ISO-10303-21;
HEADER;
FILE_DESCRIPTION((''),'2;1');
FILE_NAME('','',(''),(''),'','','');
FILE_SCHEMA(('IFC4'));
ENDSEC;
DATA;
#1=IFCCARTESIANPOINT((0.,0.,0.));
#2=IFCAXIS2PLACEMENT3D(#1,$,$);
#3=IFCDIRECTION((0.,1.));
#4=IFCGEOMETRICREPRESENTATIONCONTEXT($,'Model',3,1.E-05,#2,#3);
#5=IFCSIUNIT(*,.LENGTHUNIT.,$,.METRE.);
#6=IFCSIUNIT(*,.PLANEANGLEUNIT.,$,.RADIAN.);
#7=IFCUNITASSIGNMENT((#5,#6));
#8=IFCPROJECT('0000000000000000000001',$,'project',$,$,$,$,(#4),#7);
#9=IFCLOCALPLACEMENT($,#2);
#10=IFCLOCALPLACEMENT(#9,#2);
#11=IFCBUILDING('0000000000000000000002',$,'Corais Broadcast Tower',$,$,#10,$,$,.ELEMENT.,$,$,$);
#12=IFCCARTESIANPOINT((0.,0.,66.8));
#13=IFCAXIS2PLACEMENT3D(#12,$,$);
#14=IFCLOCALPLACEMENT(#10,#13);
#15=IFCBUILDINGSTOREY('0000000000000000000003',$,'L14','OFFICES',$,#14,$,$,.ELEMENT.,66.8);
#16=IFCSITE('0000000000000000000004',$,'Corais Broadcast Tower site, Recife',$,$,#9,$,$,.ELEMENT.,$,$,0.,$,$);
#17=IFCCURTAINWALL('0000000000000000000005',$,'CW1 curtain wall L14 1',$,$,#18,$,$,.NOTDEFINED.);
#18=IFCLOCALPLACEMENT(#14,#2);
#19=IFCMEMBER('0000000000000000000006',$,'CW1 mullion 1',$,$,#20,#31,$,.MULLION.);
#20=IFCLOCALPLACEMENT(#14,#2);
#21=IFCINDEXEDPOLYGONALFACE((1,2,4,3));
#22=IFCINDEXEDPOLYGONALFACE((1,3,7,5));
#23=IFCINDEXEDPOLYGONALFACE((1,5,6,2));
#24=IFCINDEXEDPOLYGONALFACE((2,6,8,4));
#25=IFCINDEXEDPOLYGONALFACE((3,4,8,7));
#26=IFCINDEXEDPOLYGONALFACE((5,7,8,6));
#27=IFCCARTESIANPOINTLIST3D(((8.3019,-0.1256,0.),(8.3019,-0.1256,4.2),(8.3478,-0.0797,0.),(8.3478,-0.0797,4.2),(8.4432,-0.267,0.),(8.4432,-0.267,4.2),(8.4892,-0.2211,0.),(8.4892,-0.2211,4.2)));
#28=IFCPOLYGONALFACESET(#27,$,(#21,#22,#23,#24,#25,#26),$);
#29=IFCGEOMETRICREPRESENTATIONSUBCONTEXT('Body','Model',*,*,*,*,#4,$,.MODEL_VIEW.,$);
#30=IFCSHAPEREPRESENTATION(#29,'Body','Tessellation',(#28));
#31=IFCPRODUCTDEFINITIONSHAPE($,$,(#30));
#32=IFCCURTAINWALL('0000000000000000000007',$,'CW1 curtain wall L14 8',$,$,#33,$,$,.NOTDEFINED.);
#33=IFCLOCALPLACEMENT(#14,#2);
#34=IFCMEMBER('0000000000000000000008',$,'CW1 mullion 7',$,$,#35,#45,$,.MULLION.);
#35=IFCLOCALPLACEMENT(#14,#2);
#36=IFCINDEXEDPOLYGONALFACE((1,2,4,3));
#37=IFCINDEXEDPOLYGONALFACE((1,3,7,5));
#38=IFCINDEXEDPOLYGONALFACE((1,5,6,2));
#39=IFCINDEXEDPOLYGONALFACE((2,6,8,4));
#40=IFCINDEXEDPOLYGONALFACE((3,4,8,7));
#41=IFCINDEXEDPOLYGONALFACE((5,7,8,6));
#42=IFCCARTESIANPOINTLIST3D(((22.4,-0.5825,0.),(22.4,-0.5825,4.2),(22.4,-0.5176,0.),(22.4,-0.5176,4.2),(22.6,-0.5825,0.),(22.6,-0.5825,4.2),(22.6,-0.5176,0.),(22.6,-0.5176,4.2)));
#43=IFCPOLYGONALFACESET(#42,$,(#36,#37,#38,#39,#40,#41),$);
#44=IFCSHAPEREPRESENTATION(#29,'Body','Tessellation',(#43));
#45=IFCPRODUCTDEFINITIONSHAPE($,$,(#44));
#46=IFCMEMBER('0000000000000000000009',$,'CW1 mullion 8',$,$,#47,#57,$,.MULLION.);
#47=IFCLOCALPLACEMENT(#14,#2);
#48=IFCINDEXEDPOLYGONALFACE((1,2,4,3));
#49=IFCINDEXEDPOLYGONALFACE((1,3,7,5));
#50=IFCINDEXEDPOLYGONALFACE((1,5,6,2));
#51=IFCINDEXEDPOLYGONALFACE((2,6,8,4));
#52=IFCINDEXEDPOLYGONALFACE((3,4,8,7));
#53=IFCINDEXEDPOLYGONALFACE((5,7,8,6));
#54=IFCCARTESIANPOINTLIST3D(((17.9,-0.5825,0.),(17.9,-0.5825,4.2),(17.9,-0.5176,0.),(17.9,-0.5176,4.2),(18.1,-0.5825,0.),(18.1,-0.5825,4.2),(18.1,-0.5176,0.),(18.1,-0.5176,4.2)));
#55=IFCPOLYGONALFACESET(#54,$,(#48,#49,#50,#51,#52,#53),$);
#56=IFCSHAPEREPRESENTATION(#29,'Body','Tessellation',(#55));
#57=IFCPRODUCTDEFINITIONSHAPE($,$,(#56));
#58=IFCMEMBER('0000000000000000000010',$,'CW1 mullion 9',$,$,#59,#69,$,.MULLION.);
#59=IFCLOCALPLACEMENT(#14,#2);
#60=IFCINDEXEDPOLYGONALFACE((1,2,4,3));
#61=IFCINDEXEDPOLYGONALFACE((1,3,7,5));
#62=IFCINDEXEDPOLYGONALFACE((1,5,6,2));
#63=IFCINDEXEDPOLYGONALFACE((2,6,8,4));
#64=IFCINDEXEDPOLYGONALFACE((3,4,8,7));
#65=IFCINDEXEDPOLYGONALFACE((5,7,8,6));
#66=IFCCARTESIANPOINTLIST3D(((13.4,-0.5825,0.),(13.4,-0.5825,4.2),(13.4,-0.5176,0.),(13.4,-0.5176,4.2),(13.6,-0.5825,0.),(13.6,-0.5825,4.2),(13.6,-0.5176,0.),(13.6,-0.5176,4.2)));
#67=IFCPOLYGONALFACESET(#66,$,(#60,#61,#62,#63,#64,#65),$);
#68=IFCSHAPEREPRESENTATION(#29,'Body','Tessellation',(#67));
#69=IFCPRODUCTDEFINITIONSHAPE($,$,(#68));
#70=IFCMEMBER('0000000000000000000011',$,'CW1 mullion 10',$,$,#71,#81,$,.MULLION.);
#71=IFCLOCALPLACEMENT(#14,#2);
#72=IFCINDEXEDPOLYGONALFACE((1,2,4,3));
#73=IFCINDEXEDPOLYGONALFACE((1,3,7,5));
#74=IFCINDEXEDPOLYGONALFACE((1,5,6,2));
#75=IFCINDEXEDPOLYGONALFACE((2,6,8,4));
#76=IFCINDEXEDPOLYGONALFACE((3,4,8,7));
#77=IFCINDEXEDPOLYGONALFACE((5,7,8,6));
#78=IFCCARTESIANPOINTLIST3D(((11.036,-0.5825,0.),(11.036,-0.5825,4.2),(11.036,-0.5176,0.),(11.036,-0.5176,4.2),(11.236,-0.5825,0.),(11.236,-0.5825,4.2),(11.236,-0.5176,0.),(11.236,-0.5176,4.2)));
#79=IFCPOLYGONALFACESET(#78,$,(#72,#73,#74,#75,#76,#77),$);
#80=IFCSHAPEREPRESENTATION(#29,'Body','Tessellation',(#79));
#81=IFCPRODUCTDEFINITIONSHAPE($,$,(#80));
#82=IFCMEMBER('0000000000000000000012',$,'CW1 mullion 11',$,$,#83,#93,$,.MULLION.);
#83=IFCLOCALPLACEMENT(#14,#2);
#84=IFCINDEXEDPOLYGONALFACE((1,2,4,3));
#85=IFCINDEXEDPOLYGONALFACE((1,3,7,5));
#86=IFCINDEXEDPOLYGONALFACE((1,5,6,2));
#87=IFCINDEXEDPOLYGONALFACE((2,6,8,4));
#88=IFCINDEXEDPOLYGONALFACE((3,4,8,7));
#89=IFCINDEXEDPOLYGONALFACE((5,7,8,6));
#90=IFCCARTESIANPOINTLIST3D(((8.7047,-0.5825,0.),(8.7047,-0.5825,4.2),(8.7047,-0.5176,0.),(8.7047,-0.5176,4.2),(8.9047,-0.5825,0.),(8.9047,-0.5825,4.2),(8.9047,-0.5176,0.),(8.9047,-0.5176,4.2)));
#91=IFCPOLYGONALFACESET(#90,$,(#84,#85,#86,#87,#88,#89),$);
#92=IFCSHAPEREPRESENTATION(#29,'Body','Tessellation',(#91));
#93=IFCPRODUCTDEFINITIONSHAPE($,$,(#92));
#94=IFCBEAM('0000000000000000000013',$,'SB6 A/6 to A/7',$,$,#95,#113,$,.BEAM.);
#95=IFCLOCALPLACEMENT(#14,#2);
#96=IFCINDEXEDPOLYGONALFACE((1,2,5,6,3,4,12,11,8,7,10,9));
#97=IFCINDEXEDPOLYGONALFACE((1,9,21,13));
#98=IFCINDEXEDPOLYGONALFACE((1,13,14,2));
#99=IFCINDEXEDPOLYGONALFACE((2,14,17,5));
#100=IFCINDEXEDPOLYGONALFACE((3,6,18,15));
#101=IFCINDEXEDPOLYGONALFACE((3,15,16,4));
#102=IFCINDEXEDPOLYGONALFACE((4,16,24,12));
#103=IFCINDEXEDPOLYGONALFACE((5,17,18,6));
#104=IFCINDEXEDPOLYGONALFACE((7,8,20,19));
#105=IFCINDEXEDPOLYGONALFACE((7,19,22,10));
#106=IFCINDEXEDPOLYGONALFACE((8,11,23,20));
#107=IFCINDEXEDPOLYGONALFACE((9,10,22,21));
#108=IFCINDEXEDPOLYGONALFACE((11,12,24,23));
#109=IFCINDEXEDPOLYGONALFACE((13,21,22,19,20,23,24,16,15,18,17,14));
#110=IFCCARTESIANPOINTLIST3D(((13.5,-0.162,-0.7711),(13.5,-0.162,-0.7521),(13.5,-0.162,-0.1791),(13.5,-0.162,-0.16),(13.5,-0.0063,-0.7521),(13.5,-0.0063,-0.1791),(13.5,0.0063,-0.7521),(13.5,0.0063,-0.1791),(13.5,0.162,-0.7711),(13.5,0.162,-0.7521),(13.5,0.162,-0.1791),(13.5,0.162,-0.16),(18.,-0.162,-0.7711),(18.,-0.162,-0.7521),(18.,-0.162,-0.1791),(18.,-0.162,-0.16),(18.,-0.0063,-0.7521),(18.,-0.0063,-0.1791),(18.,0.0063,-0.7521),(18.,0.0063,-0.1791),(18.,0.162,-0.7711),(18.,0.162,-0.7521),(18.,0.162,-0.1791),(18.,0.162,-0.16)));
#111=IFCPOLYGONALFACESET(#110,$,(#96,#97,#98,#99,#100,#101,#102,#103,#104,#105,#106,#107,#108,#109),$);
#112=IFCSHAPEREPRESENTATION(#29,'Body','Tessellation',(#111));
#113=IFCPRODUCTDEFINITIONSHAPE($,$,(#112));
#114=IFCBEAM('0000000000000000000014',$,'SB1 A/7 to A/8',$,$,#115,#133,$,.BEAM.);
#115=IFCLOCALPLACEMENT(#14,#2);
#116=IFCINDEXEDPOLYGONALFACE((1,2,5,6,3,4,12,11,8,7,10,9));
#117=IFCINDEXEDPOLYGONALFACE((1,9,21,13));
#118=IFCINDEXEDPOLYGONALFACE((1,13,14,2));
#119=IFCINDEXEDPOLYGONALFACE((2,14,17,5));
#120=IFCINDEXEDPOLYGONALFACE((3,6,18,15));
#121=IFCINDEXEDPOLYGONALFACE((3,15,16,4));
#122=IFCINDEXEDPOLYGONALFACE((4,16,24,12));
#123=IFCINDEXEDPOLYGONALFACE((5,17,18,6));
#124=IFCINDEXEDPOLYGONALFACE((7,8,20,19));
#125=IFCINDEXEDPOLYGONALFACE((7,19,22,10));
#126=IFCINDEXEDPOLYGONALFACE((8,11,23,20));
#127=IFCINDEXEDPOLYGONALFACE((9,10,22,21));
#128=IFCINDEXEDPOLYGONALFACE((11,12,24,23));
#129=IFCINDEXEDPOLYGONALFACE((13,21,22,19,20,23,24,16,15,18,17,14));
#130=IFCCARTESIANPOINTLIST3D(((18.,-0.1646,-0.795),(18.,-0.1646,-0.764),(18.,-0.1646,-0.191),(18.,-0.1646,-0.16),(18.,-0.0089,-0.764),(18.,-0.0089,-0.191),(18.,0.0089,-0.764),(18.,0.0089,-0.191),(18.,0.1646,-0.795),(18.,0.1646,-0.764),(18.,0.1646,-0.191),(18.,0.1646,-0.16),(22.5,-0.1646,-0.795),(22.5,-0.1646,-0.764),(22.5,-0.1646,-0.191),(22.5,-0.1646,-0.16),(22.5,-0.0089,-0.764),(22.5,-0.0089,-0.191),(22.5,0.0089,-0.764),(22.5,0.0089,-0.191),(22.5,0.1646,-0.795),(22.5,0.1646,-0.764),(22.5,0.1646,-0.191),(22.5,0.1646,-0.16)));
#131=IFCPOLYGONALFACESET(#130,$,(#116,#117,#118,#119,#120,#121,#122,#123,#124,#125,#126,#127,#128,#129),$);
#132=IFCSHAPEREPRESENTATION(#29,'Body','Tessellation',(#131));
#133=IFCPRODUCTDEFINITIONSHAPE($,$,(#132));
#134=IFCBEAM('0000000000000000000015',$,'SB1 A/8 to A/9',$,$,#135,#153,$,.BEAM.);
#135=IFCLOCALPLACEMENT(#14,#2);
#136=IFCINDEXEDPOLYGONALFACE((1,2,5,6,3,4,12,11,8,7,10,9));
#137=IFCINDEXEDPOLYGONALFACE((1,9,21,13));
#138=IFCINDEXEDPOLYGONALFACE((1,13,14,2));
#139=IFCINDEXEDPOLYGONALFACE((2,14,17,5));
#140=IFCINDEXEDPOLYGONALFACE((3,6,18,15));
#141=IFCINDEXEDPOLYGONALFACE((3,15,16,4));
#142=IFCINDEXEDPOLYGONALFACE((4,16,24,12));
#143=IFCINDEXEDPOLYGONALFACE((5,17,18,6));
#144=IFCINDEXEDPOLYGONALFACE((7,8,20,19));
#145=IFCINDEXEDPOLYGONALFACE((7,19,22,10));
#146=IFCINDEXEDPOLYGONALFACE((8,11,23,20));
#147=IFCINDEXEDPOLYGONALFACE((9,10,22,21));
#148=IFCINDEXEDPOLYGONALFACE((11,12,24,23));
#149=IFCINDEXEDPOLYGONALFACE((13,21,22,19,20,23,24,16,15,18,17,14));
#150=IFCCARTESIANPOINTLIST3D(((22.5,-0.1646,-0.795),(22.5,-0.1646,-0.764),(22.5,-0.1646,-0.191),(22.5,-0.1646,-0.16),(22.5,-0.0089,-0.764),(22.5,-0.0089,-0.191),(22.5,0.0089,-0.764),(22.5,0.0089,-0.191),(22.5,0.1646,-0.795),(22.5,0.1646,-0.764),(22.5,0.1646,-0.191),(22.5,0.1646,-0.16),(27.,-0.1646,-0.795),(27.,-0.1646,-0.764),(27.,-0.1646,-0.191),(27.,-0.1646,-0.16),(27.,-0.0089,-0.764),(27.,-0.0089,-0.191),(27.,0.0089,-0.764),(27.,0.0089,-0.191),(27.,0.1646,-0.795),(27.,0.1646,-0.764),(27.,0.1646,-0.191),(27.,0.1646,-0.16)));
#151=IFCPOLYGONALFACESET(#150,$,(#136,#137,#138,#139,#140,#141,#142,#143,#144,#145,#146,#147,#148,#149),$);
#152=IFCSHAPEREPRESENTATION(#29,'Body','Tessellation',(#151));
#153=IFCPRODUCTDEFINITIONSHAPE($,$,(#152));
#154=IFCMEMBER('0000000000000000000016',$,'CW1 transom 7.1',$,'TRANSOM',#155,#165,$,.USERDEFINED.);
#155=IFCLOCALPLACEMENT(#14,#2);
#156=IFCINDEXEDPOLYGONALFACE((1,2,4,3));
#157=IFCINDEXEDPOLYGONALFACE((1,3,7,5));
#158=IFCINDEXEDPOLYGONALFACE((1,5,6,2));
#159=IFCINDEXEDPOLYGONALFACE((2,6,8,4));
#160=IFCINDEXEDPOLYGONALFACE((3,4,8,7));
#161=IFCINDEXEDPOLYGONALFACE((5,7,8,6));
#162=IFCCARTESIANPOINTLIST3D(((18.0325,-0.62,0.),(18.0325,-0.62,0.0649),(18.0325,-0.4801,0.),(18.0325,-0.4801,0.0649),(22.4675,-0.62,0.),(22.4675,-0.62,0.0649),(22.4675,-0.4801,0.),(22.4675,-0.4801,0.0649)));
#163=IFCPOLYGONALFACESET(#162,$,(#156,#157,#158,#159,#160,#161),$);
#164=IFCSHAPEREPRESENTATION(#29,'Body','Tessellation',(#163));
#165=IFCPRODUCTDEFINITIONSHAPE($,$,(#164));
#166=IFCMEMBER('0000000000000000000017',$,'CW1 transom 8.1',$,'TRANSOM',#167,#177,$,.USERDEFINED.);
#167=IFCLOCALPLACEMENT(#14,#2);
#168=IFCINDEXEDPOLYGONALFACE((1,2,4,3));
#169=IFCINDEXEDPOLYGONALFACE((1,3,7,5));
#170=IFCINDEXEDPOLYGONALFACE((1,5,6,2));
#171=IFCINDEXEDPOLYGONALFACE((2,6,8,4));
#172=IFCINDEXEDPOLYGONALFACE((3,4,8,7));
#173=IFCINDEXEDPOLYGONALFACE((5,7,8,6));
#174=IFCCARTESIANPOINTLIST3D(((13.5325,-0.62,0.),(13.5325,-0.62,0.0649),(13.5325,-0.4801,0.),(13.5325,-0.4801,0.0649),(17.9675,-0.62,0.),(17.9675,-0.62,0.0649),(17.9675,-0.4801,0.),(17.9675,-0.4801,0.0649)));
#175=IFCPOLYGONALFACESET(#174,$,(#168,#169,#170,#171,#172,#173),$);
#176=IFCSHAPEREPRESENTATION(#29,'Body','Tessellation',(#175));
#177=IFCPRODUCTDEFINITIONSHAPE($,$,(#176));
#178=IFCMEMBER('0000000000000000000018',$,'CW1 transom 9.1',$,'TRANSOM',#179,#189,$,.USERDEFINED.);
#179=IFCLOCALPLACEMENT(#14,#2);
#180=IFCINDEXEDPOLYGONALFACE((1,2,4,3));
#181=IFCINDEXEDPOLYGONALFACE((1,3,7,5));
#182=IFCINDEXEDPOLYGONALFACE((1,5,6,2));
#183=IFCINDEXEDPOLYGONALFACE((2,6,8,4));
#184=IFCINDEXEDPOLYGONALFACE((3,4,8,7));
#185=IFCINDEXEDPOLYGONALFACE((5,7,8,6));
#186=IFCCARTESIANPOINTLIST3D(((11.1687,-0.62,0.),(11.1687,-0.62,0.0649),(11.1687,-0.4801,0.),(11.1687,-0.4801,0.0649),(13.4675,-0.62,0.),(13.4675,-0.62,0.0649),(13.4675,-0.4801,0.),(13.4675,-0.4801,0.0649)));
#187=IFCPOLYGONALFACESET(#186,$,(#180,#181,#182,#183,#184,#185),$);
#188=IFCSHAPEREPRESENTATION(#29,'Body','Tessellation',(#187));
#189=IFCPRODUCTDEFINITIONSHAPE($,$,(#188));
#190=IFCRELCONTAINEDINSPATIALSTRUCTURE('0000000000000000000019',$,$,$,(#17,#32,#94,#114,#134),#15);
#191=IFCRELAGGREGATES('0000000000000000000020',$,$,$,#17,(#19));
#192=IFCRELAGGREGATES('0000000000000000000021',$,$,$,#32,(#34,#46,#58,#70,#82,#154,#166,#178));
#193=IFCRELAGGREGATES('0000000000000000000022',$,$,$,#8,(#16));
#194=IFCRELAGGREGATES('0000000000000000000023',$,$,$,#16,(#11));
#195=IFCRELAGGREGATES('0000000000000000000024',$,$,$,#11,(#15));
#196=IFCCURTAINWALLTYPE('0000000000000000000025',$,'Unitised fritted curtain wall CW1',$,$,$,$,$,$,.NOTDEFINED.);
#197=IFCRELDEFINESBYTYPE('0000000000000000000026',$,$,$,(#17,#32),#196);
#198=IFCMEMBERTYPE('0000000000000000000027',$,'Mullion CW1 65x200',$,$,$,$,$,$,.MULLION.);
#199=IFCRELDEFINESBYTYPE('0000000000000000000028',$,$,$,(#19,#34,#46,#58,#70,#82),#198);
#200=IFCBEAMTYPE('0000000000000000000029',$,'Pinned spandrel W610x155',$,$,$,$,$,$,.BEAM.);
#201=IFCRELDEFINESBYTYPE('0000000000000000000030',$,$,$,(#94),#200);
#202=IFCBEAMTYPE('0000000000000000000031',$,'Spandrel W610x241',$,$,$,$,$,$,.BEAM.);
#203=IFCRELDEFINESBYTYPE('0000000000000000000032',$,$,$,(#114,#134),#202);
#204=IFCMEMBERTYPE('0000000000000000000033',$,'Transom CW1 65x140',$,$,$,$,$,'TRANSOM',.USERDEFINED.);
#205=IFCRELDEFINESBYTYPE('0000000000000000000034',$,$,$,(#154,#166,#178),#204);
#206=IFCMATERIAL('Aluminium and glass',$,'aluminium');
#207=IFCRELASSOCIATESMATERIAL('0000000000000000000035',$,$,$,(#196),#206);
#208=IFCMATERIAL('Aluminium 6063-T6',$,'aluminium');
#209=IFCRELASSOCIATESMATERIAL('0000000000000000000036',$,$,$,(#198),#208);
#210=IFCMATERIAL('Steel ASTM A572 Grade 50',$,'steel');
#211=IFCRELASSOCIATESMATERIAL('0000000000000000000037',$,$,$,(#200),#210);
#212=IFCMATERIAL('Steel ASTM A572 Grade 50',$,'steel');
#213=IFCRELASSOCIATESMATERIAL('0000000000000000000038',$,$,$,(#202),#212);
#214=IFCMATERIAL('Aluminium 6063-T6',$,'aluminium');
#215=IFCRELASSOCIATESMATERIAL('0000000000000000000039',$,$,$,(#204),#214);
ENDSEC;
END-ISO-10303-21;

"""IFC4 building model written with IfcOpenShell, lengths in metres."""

from ifc_helpers import new_model, si_unit, direction, frame, origin, origin_2d, place, context, subcontext, project, spatial, rectangle, i_section, extrude, material, material_profile, profile_set, type_object, element, aggregate, save


model = new_model("IFC4")

# Units and contexts
model_context = context("Model", 3, precision=1e-05, world=origin(), true_north=direction((0.0, 1.0)))
body_context = subcontext(model_context, "Body", "Model", "MODEL_VIEW")
ifc_project = project(units=[si_unit("LENGTHUNIT", "METRE"), si_unit("PLANEANGLEUNIT", "RADIAN")], contexts=[model_context])

# Site, building, storey
site_placement = place(None, origin())
site = spatial("IfcSite", under=ifc_project, at=site_placement, Name="Corais Broadcast Tower site, Recife", CompositionType="ELEMENT", RefElevation=0.0)
building_placement = place(site_placement, origin())
building = spatial("IfcBuilding", under=site, at=building_placement, Name="Corais Broadcast Tower", CompositionType="ELEMENT")
storey_placement = place(building_placement, frame((0.0, 0.0, 66.8)))
storey = spatial("IfcBuildingStorey", under=building, at=storey_placement, Name="L14", Description="OFFICES", CompositionType="ELEMENT", Elevation=66.8)

# Curtain wall, member
ifc_material_1 = material(Name="Aluminium and glass", Category="aluminium")
curtain_wall_type = type_object("IfcCurtainWallType", Name="Unitised fritted curtain wall CW1", PredefinedType="NOTDEFINED", material=ifc_material_1)
curtain_wall_1_placement = place(storey_placement, origin())
curtain_wall_1 = element("IfcCurtainWall", 1, at=curtain_wall_1_placement, inside=storey, type_object=curtain_wall_type, Name="CW1 curtain wall L14 1", PredefinedType="NOTDEFINED")
ifc_material_2 = material(Name="Aluminium 6063-T6", Category="aluminium")
ifc_material_profile_1 = material_profile(ifc_material_2, rectangle(XDim=0.0649, YDim=0.2, at=origin_2d()), Name="Mullion CW1 65x200")
ifc_profile_set_1 = profile_set([ifc_material_profile_1], Name="Aluminium 6063-T6")
member_type_1 = type_object("IfcMemberType", Name="Mullion CW1 65x200", PredefinedType="MULLION", material=ifc_profile_set_1)
member_1_placement = place(storey_placement, frame((8.3955, -0.1733, 0.0), z_axis=(0.0, 0.0, 1.0), x_axis=(-0.707107, -0.707107, 0.0)))
member_1 = element("IfcMember", 2, at=member_1_placement, type_object=member_type_1, Name="CW1 mullion 1", PredefinedType="MULLION", context=body_context, shape_type="SweptSolid", body=[
    extrude(rectangle(XDim=0.0649, YDim=0.2, at=origin_2d()), origin(), (0.0, 0.0, 1.0), 4.2),
])
aggregate(curtain_wall_1, [member_1])

# Curtain wall, members
curtain_wall_2_placement = place(storey_placement, origin())
curtain_wall_2 = element("IfcCurtainWall", 3, at=curtain_wall_2_placement, inside=storey, type_object=curtain_wall_type, Name="CW1 curtain wall L14 8", PredefinedType="NOTDEFINED")
member_2_placement = place(storey_placement, frame((22.5, -0.55, 0.0), z_axis=(0.0, 0.0, 1.0), x_axis=(0.0, -1.0, 0.0)))
member_2 = element("IfcMember", 4, at=member_2_placement, type_object=member_type_1, Name="CW1 mullion 7", PredefinedType="MULLION", context=body_context, shape_type="SweptSolid", body=[
    extrude(rectangle(XDim=0.0649, YDim=0.2, at=origin_2d()), origin(), (0.0, 0.0, 1.0), 4.2),
])
member_3_placement = place(storey_placement, frame((18.0, -0.55, 0.0), z_axis=(0.0, 0.0, 1.0), x_axis=(0.0, -1.0, 0.0)))
member_3 = element("IfcMember", 5, at=member_3_placement, type_object=member_type_1, Name="CW1 mullion 8", PredefinedType="MULLION", context=body_context, shape_type="SweptSolid", body=[
    extrude(rectangle(XDim=0.0649, YDim=0.2, at=origin_2d()), origin(), (0.0, 0.0, 1.0), 4.2),
])
member_4_placement = place(storey_placement, frame((13.5, -0.55, 0.0), z_axis=(0.0, 0.0, 1.0), x_axis=(0.0, -1.0, 0.0)))
member_4 = element("IfcMember", 6, at=member_4_placement, type_object=member_type_1, Name="CW1 mullion 9", PredefinedType="MULLION", context=body_context, shape_type="SweptSolid", body=[
    extrude(rectangle(XDim=0.0649, YDim=0.2, at=origin_2d()), origin(), (0.0, 0.0, 1.0), 4.2),
])
member_5_placement = place(storey_placement, frame((11.136, -0.55, 0.0), z_axis=(0.0, 0.0, 1.0), x_axis=(0.0, -1.0, 0.0)))
member_5 = element("IfcMember", 7, at=member_5_placement, type_object=member_type_1, Name="CW1 mullion 10", PredefinedType="MULLION", context=body_context, shape_type="SweptSolid", body=[
    extrude(rectangle(XDim=0.0649, YDim=0.2, at=origin_2d()), origin(), (0.0, 0.0, 1.0), 4.2),
])
member_6_placement = place(storey_placement, frame((8.8047, -0.55, 0.0), z_axis=(0.0, 0.0, 1.0), x_axis=(0.0, -1.0, 0.0)))
member_6 = element("IfcMember", 8, at=member_6_placement, type_object=member_type_1, Name="CW1 mullion 11", PredefinedType="MULLION", context=body_context, shape_type="SweptSolid", body=[
    extrude(rectangle(XDim=0.0649, YDim=0.2, at=origin_2d()), origin(), (0.0, 0.0, 1.0), 4.2),
])

# Beams
ifc_material_3 = material(Name="Steel ASTM A572 Grade 50", Category="steel")
ifc_material_profile_2 = material_profile(ifc_material_3, i_section(OverallWidth=0.324, OverallDepth=0.6111, WebThickness=0.0127, FlangeThickness=0.019, at=origin_2d()), Name="W610x155")
ifc_profile_set_2 = profile_set([ifc_material_profile_2], Name="Steel ASTM A572 Grade 50")
beam_type_1 = type_object("IfcBeamType", Name="Pinned spandrel W610x155", PredefinedType="BEAM", material=ifc_profile_set_2)
beam_1_placement = place(storey_placement, frame((13.5, 0.0, -0.4656), z_axis=(1.0, 0.0, 0.0), x_axis=(0.0, 1.0, 0.0)))
element("IfcBeam", 9, at=beam_1_placement, inside=storey, type_object=beam_type_1, Name="SB6 A/6 to A/7", PredefinedType="BEAM", context=body_context, shape_type="SweptSolid", body=[
    extrude(i_section(OverallWidth=0.324, OverallDepth=0.6111, WebThickness=0.0127, FlangeThickness=0.019, at=origin_2d()), origin(), (0.0, 0.0, 1.0), 4.5),
])
ifc_material_4 = material(Name="Steel ASTM A572 Grade 50", Category="steel")
ifc_material_profile_3 = material_profile(ifc_material_4, i_section(OverallWidth=0.3291, OverallDepth=0.635, WebThickness=0.0178, FlangeThickness=0.031, at=origin_2d()), Name="W610x241")
ifc_profile_set_3 = profile_set([ifc_material_profile_3], Name="Steel ASTM A572 Grade 50")
beam_type_2 = type_object("IfcBeamType", Name="Spandrel W610x241", PredefinedType="BEAM", material=ifc_profile_set_3)
for number, where, z_axis, x_axis, name in (
    (10, (18.0, 0.0, -0.4775), (1.0, 0.0, 0.0), (0.0, 1.0, 0.0), "SB1 A/7 to A/8"),
    (11, (22.5, 0.0, -0.4775), (1.0, 0.0, 0.0), (0.0, 1.0, 0.0), "SB1 A/8 to A/9"),
):
    element("IfcBeam", number, at=place(storey_placement, frame(where, z_axis=z_axis, x_axis=x_axis)), inside=storey, type_object=beam_type_2, Name=name, PredefinedType="BEAM", context=body_context, shape_type="SweptSolid", body=[
        extrude(i_section(OverallWidth=0.3291, OverallDepth=0.635, WebThickness=0.0178, FlangeThickness=0.031, at=origin_2d()), origin(), (0.0, 0.0, 1.0), 4.5),
    ])

# Members
ifc_material_5 = material(Name="Aluminium 6063-T6", Category="aluminium")
ifc_material_profile_4 = material_profile(ifc_material_5, rectangle(XDim=0.1399, YDim=0.0649, at=origin_2d()), Name="Transom CW1 65x140")
ifc_profile_set_4 = profile_set([ifc_material_profile_4], Name="Aluminium 6063-T6")
member_type_2 = type_object("IfcMemberType", Name="Transom CW1 65x140", ElementType="TRANSOM", PredefinedType="USERDEFINED", material=ifc_profile_set_4)
member_7_placement = place(storey_placement, frame((22.4675, -0.55, 0.0325), z_axis=(-1.0, 0.0, 0.0), x_axis=(0.0, -1.0, 0.0)))
member_7 = element("IfcMember", 12, at=member_7_placement, type_object=member_type_2, Name="CW1 transom 7.1", ObjectType="TRANSOM", PredefinedType="USERDEFINED", context=body_context, shape_type="SweptSolid", body=[
    extrude(rectangle(XDim=0.1399, YDim=0.0649, at=origin_2d()), origin(), (0.0, 0.0, 1.0), 4.4351),
])
member_8_placement = place(storey_placement, frame((17.9675, -0.55, 0.0325), z_axis=(-1.0, 0.0, 0.0), x_axis=(0.0, -1.0, 0.0)))
member_8 = element("IfcMember", 13, at=member_8_placement, type_object=member_type_2, Name="CW1 transom 8.1", ObjectType="TRANSOM", PredefinedType="USERDEFINED", context=body_context, shape_type="SweptSolid", body=[
    extrude(rectangle(XDim=0.1399, YDim=0.0649, at=origin_2d()), origin(), (0.0, 0.0, 1.0), 4.4351),
])
member_9_placement = place(storey_placement, frame((13.4675, -0.55, 0.0325), z_axis=(-1.0, 0.0, 0.0), x_axis=(0.0, -1.0, 0.0)))
member_9 = element("IfcMember", 14, at=member_9_placement, type_object=member_type_2, Name="CW1 transom 9.1", ObjectType="TRANSOM", PredefinedType="USERDEFINED", context=body_context, shape_type="SweptSolid", body=[
    extrude(rectangle(XDim=0.1399, YDim=0.0649, at=origin_2d()), origin(), (0.0, 0.0, 1.0), 2.2988),
])

aggregate(curtain_wall_2, [member_2, member_3, member_4, member_5, member_6, member_7, member_8, member_9])

save(model, "model.ifc")
